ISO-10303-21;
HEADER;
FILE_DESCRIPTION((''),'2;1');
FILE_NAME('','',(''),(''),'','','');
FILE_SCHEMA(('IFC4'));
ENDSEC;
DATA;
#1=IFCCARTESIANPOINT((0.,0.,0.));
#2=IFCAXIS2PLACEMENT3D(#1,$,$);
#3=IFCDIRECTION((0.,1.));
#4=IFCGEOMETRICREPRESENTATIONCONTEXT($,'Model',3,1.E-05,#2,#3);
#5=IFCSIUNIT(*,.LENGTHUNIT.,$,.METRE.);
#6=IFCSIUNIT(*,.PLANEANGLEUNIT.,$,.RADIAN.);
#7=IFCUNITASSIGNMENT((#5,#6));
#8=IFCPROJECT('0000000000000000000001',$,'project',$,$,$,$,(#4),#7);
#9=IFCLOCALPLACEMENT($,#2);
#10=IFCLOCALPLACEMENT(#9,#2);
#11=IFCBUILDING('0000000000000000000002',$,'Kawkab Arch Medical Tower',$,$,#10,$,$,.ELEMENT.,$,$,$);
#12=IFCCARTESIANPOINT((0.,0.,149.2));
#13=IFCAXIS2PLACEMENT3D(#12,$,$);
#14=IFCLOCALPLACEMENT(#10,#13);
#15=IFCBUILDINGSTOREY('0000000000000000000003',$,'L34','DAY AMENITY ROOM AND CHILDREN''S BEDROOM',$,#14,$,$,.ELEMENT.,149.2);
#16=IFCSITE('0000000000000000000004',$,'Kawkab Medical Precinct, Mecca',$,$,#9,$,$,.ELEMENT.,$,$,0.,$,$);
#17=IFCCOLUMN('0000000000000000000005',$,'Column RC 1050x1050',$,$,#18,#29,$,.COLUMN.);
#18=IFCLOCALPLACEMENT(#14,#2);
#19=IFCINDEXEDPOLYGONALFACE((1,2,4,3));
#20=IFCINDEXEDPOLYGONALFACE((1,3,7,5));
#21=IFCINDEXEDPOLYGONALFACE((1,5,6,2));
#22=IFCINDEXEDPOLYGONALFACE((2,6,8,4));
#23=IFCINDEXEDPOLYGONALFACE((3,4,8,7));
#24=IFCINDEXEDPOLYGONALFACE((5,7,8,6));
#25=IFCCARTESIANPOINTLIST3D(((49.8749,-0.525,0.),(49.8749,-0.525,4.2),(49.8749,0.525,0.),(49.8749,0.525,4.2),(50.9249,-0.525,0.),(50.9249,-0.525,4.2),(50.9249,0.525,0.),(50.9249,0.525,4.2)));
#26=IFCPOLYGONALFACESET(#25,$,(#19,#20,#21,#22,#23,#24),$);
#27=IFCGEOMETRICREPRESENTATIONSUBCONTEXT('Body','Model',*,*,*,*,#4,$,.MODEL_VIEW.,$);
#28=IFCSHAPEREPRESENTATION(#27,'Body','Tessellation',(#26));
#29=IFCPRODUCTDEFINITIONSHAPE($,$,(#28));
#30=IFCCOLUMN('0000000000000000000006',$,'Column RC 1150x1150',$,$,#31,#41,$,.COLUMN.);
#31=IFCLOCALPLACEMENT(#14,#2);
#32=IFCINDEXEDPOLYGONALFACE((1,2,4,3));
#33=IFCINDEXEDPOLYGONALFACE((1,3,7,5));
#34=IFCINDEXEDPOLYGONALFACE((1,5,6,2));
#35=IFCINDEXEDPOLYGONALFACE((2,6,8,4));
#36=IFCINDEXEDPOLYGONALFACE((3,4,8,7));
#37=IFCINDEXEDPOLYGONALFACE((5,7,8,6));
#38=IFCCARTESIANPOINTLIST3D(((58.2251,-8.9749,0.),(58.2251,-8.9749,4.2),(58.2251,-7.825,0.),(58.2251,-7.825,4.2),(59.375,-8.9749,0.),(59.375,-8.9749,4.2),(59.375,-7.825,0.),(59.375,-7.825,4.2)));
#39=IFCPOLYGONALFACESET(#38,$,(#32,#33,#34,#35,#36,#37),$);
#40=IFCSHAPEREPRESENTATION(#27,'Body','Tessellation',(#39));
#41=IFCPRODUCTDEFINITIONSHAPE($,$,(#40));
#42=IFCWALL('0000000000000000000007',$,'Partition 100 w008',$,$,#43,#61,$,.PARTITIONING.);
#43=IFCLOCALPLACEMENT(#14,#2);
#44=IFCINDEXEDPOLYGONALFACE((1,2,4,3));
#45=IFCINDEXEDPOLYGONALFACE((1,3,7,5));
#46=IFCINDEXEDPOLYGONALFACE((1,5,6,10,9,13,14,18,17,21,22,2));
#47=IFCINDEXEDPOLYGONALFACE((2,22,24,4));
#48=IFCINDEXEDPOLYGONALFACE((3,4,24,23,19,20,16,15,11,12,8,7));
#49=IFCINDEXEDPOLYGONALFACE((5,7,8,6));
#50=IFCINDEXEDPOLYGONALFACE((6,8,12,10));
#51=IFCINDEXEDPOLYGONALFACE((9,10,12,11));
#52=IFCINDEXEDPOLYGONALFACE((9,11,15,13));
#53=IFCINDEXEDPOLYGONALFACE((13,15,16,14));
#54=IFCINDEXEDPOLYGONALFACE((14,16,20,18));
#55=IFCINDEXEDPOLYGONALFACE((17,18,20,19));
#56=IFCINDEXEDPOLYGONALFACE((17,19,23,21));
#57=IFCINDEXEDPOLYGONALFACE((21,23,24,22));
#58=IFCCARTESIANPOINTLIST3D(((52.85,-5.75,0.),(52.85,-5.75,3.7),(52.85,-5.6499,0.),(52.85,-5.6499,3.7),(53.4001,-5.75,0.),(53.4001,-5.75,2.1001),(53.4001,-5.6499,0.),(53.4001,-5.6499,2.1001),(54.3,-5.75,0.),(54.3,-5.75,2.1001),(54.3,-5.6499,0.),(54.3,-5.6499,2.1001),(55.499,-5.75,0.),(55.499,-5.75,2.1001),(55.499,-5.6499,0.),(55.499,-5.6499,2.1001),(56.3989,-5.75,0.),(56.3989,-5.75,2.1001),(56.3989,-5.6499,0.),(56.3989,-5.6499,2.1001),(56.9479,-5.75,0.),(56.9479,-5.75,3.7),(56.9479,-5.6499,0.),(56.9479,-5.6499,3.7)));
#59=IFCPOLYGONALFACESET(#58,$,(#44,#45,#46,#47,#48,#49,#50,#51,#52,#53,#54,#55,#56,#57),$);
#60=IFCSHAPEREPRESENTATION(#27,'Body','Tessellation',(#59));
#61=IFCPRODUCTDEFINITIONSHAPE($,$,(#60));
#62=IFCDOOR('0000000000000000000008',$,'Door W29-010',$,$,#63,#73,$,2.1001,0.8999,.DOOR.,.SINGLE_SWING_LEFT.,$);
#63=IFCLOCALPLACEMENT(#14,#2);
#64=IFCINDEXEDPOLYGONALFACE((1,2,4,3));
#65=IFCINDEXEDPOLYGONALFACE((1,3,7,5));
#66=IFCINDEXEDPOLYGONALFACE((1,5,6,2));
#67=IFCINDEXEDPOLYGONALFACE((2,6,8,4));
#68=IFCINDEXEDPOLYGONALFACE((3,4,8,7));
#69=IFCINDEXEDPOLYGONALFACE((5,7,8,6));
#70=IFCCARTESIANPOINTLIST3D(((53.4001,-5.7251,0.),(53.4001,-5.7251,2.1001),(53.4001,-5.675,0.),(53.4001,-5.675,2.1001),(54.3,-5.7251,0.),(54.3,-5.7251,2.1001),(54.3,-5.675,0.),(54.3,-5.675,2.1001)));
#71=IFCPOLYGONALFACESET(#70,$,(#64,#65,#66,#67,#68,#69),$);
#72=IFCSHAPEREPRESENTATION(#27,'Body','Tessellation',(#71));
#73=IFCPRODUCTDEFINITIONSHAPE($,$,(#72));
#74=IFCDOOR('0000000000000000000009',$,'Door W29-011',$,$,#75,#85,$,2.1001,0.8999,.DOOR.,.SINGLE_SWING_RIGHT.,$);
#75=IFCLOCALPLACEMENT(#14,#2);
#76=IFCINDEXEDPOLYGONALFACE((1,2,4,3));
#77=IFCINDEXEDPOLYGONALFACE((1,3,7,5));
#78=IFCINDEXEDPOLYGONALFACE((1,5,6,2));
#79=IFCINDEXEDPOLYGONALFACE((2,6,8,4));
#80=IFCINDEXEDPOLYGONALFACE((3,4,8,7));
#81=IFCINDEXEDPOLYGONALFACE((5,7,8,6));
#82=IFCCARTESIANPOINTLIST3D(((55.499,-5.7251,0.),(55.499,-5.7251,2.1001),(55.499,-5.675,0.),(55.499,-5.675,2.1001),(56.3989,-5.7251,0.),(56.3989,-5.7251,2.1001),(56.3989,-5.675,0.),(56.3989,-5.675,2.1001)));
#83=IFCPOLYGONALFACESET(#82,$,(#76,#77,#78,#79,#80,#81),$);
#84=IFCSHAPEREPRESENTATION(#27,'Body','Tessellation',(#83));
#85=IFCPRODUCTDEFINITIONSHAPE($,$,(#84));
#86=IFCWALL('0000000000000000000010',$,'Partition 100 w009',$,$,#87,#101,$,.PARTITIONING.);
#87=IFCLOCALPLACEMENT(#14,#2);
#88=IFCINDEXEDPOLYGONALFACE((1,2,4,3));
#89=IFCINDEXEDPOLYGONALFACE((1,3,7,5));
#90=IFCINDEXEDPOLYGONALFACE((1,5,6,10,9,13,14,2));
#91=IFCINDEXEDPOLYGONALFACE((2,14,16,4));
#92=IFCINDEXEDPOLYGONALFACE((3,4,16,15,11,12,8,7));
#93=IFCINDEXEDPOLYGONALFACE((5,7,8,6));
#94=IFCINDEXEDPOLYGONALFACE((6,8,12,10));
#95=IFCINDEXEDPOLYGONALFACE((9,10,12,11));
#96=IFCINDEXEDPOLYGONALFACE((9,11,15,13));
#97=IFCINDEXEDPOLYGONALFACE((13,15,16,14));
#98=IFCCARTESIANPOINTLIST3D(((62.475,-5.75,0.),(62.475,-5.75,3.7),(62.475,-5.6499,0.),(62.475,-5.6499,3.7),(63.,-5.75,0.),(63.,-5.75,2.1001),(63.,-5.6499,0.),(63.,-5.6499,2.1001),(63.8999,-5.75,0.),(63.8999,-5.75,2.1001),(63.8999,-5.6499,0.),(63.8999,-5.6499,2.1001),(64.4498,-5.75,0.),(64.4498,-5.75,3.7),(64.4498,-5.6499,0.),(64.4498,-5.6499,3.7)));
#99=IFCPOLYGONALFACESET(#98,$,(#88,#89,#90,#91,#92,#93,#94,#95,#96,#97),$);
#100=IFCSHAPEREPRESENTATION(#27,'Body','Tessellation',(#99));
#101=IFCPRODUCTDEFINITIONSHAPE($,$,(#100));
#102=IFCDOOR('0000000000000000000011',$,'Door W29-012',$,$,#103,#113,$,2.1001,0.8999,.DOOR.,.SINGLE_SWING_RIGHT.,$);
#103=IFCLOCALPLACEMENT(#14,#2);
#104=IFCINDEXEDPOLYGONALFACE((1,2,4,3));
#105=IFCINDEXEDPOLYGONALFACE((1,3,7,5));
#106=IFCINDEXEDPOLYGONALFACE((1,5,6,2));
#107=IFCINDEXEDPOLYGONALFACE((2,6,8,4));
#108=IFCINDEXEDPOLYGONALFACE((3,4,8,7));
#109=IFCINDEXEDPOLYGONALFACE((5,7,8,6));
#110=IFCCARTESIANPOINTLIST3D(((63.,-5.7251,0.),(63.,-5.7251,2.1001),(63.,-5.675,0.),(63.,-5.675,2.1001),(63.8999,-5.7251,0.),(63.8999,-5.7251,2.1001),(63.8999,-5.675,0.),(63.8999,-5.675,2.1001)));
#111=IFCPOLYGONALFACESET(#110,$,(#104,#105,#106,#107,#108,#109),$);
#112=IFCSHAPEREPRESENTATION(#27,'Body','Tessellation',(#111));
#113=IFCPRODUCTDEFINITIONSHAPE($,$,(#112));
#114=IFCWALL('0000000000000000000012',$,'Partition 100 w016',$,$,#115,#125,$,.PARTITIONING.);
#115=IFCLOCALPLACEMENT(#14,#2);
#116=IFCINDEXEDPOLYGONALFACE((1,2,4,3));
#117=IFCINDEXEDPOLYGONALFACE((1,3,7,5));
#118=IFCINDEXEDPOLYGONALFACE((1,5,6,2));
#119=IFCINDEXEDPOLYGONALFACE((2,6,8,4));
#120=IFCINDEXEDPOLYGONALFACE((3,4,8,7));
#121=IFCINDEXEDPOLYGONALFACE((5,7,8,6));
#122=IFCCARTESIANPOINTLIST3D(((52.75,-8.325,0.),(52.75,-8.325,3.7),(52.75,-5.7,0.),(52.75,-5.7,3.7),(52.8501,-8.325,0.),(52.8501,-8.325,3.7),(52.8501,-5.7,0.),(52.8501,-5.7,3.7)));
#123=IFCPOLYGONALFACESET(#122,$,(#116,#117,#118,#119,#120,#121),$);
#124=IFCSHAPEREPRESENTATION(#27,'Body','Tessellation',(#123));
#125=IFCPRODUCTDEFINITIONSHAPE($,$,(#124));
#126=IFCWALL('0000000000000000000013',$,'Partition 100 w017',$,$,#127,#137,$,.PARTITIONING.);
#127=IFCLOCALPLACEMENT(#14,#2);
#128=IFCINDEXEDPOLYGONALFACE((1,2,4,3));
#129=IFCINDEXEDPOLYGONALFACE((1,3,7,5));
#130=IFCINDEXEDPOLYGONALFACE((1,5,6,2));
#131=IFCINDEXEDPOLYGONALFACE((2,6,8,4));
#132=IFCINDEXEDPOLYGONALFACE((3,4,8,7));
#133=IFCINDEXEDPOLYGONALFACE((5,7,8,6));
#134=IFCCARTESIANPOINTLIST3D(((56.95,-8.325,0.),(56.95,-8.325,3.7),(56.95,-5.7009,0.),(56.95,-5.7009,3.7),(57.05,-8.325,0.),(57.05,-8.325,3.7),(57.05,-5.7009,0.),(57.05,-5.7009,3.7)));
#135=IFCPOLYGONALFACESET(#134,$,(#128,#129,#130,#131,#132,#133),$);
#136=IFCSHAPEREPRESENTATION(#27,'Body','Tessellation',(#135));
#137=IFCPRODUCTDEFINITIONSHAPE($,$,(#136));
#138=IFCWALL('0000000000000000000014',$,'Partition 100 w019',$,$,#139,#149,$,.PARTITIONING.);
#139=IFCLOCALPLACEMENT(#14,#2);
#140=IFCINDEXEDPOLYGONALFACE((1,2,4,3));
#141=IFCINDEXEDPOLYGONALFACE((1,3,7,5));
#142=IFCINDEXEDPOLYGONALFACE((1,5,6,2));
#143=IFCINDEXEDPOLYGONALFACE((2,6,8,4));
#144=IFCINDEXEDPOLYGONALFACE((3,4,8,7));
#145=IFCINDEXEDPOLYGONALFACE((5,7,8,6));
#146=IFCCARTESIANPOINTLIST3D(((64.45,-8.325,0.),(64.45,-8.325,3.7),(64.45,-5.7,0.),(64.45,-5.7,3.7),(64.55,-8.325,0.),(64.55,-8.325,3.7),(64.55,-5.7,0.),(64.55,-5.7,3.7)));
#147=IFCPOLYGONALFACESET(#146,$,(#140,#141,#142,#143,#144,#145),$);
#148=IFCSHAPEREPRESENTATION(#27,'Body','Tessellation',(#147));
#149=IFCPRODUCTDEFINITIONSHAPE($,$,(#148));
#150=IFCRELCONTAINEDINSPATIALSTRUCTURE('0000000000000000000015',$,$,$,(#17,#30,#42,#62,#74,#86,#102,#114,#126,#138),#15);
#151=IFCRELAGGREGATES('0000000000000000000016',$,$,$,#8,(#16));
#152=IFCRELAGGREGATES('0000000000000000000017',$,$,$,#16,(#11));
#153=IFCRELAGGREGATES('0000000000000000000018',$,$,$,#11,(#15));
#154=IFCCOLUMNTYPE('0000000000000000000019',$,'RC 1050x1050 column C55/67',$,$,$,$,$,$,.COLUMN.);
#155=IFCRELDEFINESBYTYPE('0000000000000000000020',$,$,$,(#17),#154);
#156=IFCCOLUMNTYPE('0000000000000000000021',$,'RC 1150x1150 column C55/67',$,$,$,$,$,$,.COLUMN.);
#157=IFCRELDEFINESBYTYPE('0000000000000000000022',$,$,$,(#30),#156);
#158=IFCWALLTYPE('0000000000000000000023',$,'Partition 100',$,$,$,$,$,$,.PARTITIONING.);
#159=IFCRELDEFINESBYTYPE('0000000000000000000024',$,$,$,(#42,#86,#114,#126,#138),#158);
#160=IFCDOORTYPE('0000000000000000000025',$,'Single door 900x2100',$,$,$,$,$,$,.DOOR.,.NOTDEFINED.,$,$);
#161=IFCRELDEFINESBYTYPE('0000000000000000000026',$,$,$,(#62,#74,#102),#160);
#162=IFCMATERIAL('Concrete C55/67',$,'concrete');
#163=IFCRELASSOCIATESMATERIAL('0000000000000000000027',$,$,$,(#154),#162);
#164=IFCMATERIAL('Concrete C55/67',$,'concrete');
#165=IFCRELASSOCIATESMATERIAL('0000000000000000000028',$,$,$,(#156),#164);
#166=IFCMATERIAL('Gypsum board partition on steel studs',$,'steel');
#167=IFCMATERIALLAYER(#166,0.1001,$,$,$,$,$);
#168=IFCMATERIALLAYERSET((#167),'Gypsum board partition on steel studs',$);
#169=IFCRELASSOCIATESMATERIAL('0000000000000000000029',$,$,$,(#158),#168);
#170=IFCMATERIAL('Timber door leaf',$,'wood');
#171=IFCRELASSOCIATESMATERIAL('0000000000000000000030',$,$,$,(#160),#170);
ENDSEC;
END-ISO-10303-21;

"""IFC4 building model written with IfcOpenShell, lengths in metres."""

from ifc_helpers import new_model, si_unit, direction, frame, frame_2d, origin, origin_2d, place, context, subcontext, project, spatial, rectangle, extrude, material, layer, layer_set, material_profile, profile_set, type_object, element, fill, save


model = new_model("IFC4")

# Units and contexts
model_context = context("Model", 3, precision=1e-05, world=origin(), true_north=direction((0.0, 1.0)))
body_context = subcontext(model_context, "Body", "Model", "MODEL_VIEW")
ifc_project = project(units=[si_unit("LENGTHUNIT", "METRE"), si_unit("PLANEANGLEUNIT", "RADIAN")], contexts=[model_context])

# Site, building, storey
site_placement = place(None, origin())
site = spatial("IfcSite", under=ifc_project, at=site_placement, Name="Kawkab Medical Precinct, Mecca", CompositionType="ELEMENT", RefElevation=0.0)
building_placement = place(site_placement, origin())
building = spatial("IfcBuilding", under=site, at=building_placement, Name="Kawkab Arch Medical Tower", CompositionType="ELEMENT")
storey_placement = place(building_placement, frame((0.0, 0.0, 149.2)))
storey = spatial("IfcBuildingStorey", under=building, at=storey_placement, Name="L34", Description="DAY AMENITY ROOM AND CHILDREN'S BEDROOM", CompositionType="ELEMENT", Elevation=149.2)

# Columns
ifc_material_1 = material(Name="Concrete C55/67", Category="concrete")
ifc_material_profile_1 = material_profile(ifc_material_1, rectangle(XDim=1.05, YDim=1.05, at=origin_2d()), Name="RC 1050x1050")
ifc_profile_set_1 = profile_set([ifc_material_profile_1], Name="Concrete C55/67")
column_type_1 = type_object("IfcColumnType", Name="RC 1050x1050 column C55/67", PredefinedType="COLUMN", material=ifc_profile_set_1)
column_1_placement = place(storey_placement, frame((50.3999, 0.0, 0.0), z_axis=(0.0, 0.0, 1.0), x_axis=(1.0, 0.0, 0.0)))
element("IfcColumn", 1, at=column_1_placement, inside=storey, type_object=column_type_1, Name="Column RC 1050x1050", PredefinedType="COLUMN", context=body_context, shape_type="SweptSolid", body=[
    extrude(rectangle(XDim=1.05, YDim=1.05, at=origin_2d()), origin(), (0.0, 0.0, 1.0), 4.2),
])
ifc_material_2 = material(Name="Concrete C55/67", Category="concrete")
ifc_material_profile_2 = material_profile(ifc_material_2, rectangle(XDim=1.1499, YDim=1.1499, at=origin_2d()), Name="RC 1150x1150")
ifc_profile_set_2 = profile_set([ifc_material_profile_2], Name="Concrete C55/67")
column_type_2 = type_object("IfcColumnType", Name="RC 1150x1150 column C55/67", PredefinedType="COLUMN", material=ifc_profile_set_2)
column_2_placement = place(storey_placement, frame((58.8, -8.3999, 0.0), z_axis=(0.0, 0.0, 1.0), x_axis=(1.0, 0.0, 0.0)))
element("IfcColumn", 2, at=column_2_placement, inside=storey, type_object=column_type_2, Name="Column RC 1150x1150", PredefinedType="COLUMN", context=body_context, shape_type="SweptSolid", body=[
    extrude(rectangle(XDim=1.1499, YDim=1.1499, at=origin_2d()), origin(), (0.0, 0.0, 1.0), 4.2),
])

# Wall, openings, doors
ifc_material_3 = material(Name="Gypsum board partition on steel studs", Category="steel")
ifc_layer_1 = layer(ifc_material_3, 0.1001)
ifc_layer_set_1 = layer_set([ifc_layer_1], Name="Gypsum board partition on steel studs")
wall_type_1 = type_object("IfcWallType", Name="Partition 100", PredefinedType="PARTITIONING", material=ifc_layer_set_1)
wall_1_placement = place(storey_placement, frame((52.8501, -5.7, 0.0), z_axis=(0.0, 0.0, 1.0), x_axis=(1.0, 0.0, 0.0)))
wall_1 = element("IfcWall", 3, at=wall_1_placement, inside=storey, type_object=wall_type_1, Name="Partition 100 w008", PredefinedType="PARTITIONING", context=body_context, shape_type="SweptSolid", body=[
    extrude(rectangle(XDim=4.0979, YDim=0.1001, at=frame_2d((2.0488, 0.0))), origin(), (0.0, 0.0, 1.0), 3.7),
])
opening_1_placement = place(wall_1_placement, frame((0.55, 0.0, 0.0)))
opening_1 = element("IfcOpeningElement", 4, at=opening_1_placement, cuts=wall_1, PredefinedType="OPENING", context=body_context, shape_type="SweptSolid", body=[
    extrude(rectangle(XDim=0.8999, YDim=2.1001, at=frame_2d((0.45, 1.05))), frame((0.0, 0.0601, 0.0), z_axis=(0.0, -1.0, 0.0), x_axis=(1.0, 0.0, 0.0)), (0.0, 0.0, 1.0), 0.1201),
])
opening_2_placement = place(wall_1_placement, frame((2.6489, 0.0, 0.0)))
opening_2 = element("IfcOpeningElement", 5, at=opening_2_placement, cuts=wall_1, PredefinedType="OPENING", context=body_context, shape_type="SweptSolid", body=[
    extrude(rectangle(XDim=0.8999, YDim=2.1001, at=frame_2d((0.45, 1.05))), frame((0.0, 0.0601, 0.0), z_axis=(0.0, -1.0, 0.0), x_axis=(1.0, 0.0, 0.0)), (0.0, 0.0, 1.0), 0.1201),
])
ifc_material_4 = material(Name="Timber door leaf", Category="wood")
door_type_1 = type_object("IfcDoorType", Name="Single door 900x2100", OperationType="NOTDEFINED", PredefinedType="DOOR", material=ifc_material_4)
door_1_placement = place(opening_1_placement, origin())
door_1 = element("IfcDoor", 6, at=door_1_placement, inside=storey, type_object=door_type_1, Name="Door W29-010", OperationType="SINGLE_SWING_LEFT", OverallHeight=2.1001, OverallWidth=0.8999, PredefinedType="DOOR", context=body_context, shape_type="SweptSolid", body=[
    extrude(rectangle(XDim=0.8999, YDim=2.1001, at=frame_2d((0.45, 1.05))), frame((0.0, 0.0249, 0.0), z_axis=(0.0, -1.0, 0.0), x_axis=(1.0, 0.0, 0.0)), (0.0, 0.0, 1.0), 0.05),
])
fill(opening_1, door_1)
door_2_placement = place(opening_2_placement, origin())
door_2 = element("IfcDoor", 7, at=door_2_placement, inside=storey, type_object=door_type_1, Name="Door W29-011", OperationType="SINGLE_SWING_RIGHT", OverallHeight=2.1001, OverallWidth=0.8999, PredefinedType="DOOR", context=body_context, shape_type="SweptSolid", body=[
    extrude(rectangle(XDim=0.8999, YDim=2.1001, at=frame_2d((0.45, 1.05))), frame((0.0, 0.0249, 0.0), z_axis=(0.0, -1.0, 0.0), x_axis=(1.0, 0.0, 0.0)), (0.0, 0.0, 1.0), 0.05),
])
fill(opening_2, door_2)

# Wall, opening, door
wall_2_placement = place(storey_placement, frame((62.4751, -5.7, 0.0), z_axis=(0.0, 0.0, 1.0), x_axis=(1.0, 0.0, 0.0)))
wall_2 = element("IfcWall", 8, at=wall_2_placement, inside=storey, type_object=wall_type_1, Name="Partition 100 w009", PredefinedType="PARTITIONING", context=body_context, shape_type="SweptSolid", body=[
    extrude(rectangle(XDim=1.9749, YDim=0.1001, at=frame_2d((0.9873, 0.0))), origin(), (0.0, 0.0, 1.0), 3.7),
])
opening_3_placement = place(wall_2_placement, frame((0.5249, 0.0, 0.0)))
opening_3 = element("IfcOpeningElement", 9, at=opening_3_placement, cuts=wall_2, PredefinedType="OPENING", context=body_context, shape_type="SweptSolid", body=[
    extrude(rectangle(XDim=0.8999, YDim=2.1001, at=frame_2d((0.45, 1.05))), frame((0.0, 0.0601, 0.0), z_axis=(0.0, -1.0, 0.0), x_axis=(1.0, 0.0, 0.0)), (0.0, 0.0, 1.0), 0.1201),
])
door_3_placement = place(opening_3_placement, origin())
door_3 = element("IfcDoor", 10, at=door_3_placement, inside=storey, type_object=door_type_1, Name="Door W29-012", OperationType="SINGLE_SWING_RIGHT", OverallHeight=2.1001, OverallWidth=0.8999, PredefinedType="DOOR", context=body_context, shape_type="SweptSolid", body=[
    extrude(rectangle(XDim=0.8999, YDim=2.1001, at=frame_2d((0.45, 1.05))), frame((0.0, 0.0249, 0.0), z_axis=(0.0, -1.0, 0.0), x_axis=(1.0, 0.0, 0.0)), (0.0, 0.0, 1.0), 0.05),
])
fill(opening_3, door_3)

# Walls
wall_3_placement = place(storey_placement, frame((52.8, -8.325, 0.0), z_axis=(0.0, 0.0, 1.0), x_axis=(0.0, 1.0, 0.0)))
element("IfcWall", 11, at=wall_3_placement, inside=storey, type_object=wall_type_1, Name="Partition 100 w016", PredefinedType="PARTITIONING", context=body_context, shape_type="SweptSolid", body=[
    extrude(rectangle(XDim=2.625, YDim=0.1001, at=frame_2d((1.3125, 0.0))), origin(), (0.0, 0.0, 1.0), 3.7),
])
wall_4_placement = place(storey_placement, frame((57.0, -8.325, 0.0), z_axis=(0.0, 0.0, 1.0), x_axis=(0.0, 1.0, 0.0)))
element("IfcWall", 12, at=wall_4_placement, inside=storey, type_object=wall_type_1, Name="Partition 100 w017", PredefinedType="PARTITIONING", context=body_context, shape_type="SweptSolid", body=[
    extrude(rectangle(XDim=2.624, YDim=0.1001, at=frame_2d((1.312, 0.0))), origin(), (0.0, 0.0, 1.0), 3.7),
])
wall_5_placement = place(storey_placement, frame((64.5, -8.325, 0.0), z_axis=(0.0, 0.0, 1.0), x_axis=(0.0, 1.0, 0.0)))
element("IfcWall", 13, at=wall_5_placement, inside=storey, type_object=wall_type_1, Name="Partition 100 w019", PredefinedType="PARTITIONING", context=body_context, shape_type="SweptSolid", body=[
    extrude(rectangle(XDim=2.625, YDim=0.1001, at=frame_2d((1.3125, 0.0))), origin(), (0.0, 0.0, 1.0), 3.7),
])

save(model, "model.ifc")
